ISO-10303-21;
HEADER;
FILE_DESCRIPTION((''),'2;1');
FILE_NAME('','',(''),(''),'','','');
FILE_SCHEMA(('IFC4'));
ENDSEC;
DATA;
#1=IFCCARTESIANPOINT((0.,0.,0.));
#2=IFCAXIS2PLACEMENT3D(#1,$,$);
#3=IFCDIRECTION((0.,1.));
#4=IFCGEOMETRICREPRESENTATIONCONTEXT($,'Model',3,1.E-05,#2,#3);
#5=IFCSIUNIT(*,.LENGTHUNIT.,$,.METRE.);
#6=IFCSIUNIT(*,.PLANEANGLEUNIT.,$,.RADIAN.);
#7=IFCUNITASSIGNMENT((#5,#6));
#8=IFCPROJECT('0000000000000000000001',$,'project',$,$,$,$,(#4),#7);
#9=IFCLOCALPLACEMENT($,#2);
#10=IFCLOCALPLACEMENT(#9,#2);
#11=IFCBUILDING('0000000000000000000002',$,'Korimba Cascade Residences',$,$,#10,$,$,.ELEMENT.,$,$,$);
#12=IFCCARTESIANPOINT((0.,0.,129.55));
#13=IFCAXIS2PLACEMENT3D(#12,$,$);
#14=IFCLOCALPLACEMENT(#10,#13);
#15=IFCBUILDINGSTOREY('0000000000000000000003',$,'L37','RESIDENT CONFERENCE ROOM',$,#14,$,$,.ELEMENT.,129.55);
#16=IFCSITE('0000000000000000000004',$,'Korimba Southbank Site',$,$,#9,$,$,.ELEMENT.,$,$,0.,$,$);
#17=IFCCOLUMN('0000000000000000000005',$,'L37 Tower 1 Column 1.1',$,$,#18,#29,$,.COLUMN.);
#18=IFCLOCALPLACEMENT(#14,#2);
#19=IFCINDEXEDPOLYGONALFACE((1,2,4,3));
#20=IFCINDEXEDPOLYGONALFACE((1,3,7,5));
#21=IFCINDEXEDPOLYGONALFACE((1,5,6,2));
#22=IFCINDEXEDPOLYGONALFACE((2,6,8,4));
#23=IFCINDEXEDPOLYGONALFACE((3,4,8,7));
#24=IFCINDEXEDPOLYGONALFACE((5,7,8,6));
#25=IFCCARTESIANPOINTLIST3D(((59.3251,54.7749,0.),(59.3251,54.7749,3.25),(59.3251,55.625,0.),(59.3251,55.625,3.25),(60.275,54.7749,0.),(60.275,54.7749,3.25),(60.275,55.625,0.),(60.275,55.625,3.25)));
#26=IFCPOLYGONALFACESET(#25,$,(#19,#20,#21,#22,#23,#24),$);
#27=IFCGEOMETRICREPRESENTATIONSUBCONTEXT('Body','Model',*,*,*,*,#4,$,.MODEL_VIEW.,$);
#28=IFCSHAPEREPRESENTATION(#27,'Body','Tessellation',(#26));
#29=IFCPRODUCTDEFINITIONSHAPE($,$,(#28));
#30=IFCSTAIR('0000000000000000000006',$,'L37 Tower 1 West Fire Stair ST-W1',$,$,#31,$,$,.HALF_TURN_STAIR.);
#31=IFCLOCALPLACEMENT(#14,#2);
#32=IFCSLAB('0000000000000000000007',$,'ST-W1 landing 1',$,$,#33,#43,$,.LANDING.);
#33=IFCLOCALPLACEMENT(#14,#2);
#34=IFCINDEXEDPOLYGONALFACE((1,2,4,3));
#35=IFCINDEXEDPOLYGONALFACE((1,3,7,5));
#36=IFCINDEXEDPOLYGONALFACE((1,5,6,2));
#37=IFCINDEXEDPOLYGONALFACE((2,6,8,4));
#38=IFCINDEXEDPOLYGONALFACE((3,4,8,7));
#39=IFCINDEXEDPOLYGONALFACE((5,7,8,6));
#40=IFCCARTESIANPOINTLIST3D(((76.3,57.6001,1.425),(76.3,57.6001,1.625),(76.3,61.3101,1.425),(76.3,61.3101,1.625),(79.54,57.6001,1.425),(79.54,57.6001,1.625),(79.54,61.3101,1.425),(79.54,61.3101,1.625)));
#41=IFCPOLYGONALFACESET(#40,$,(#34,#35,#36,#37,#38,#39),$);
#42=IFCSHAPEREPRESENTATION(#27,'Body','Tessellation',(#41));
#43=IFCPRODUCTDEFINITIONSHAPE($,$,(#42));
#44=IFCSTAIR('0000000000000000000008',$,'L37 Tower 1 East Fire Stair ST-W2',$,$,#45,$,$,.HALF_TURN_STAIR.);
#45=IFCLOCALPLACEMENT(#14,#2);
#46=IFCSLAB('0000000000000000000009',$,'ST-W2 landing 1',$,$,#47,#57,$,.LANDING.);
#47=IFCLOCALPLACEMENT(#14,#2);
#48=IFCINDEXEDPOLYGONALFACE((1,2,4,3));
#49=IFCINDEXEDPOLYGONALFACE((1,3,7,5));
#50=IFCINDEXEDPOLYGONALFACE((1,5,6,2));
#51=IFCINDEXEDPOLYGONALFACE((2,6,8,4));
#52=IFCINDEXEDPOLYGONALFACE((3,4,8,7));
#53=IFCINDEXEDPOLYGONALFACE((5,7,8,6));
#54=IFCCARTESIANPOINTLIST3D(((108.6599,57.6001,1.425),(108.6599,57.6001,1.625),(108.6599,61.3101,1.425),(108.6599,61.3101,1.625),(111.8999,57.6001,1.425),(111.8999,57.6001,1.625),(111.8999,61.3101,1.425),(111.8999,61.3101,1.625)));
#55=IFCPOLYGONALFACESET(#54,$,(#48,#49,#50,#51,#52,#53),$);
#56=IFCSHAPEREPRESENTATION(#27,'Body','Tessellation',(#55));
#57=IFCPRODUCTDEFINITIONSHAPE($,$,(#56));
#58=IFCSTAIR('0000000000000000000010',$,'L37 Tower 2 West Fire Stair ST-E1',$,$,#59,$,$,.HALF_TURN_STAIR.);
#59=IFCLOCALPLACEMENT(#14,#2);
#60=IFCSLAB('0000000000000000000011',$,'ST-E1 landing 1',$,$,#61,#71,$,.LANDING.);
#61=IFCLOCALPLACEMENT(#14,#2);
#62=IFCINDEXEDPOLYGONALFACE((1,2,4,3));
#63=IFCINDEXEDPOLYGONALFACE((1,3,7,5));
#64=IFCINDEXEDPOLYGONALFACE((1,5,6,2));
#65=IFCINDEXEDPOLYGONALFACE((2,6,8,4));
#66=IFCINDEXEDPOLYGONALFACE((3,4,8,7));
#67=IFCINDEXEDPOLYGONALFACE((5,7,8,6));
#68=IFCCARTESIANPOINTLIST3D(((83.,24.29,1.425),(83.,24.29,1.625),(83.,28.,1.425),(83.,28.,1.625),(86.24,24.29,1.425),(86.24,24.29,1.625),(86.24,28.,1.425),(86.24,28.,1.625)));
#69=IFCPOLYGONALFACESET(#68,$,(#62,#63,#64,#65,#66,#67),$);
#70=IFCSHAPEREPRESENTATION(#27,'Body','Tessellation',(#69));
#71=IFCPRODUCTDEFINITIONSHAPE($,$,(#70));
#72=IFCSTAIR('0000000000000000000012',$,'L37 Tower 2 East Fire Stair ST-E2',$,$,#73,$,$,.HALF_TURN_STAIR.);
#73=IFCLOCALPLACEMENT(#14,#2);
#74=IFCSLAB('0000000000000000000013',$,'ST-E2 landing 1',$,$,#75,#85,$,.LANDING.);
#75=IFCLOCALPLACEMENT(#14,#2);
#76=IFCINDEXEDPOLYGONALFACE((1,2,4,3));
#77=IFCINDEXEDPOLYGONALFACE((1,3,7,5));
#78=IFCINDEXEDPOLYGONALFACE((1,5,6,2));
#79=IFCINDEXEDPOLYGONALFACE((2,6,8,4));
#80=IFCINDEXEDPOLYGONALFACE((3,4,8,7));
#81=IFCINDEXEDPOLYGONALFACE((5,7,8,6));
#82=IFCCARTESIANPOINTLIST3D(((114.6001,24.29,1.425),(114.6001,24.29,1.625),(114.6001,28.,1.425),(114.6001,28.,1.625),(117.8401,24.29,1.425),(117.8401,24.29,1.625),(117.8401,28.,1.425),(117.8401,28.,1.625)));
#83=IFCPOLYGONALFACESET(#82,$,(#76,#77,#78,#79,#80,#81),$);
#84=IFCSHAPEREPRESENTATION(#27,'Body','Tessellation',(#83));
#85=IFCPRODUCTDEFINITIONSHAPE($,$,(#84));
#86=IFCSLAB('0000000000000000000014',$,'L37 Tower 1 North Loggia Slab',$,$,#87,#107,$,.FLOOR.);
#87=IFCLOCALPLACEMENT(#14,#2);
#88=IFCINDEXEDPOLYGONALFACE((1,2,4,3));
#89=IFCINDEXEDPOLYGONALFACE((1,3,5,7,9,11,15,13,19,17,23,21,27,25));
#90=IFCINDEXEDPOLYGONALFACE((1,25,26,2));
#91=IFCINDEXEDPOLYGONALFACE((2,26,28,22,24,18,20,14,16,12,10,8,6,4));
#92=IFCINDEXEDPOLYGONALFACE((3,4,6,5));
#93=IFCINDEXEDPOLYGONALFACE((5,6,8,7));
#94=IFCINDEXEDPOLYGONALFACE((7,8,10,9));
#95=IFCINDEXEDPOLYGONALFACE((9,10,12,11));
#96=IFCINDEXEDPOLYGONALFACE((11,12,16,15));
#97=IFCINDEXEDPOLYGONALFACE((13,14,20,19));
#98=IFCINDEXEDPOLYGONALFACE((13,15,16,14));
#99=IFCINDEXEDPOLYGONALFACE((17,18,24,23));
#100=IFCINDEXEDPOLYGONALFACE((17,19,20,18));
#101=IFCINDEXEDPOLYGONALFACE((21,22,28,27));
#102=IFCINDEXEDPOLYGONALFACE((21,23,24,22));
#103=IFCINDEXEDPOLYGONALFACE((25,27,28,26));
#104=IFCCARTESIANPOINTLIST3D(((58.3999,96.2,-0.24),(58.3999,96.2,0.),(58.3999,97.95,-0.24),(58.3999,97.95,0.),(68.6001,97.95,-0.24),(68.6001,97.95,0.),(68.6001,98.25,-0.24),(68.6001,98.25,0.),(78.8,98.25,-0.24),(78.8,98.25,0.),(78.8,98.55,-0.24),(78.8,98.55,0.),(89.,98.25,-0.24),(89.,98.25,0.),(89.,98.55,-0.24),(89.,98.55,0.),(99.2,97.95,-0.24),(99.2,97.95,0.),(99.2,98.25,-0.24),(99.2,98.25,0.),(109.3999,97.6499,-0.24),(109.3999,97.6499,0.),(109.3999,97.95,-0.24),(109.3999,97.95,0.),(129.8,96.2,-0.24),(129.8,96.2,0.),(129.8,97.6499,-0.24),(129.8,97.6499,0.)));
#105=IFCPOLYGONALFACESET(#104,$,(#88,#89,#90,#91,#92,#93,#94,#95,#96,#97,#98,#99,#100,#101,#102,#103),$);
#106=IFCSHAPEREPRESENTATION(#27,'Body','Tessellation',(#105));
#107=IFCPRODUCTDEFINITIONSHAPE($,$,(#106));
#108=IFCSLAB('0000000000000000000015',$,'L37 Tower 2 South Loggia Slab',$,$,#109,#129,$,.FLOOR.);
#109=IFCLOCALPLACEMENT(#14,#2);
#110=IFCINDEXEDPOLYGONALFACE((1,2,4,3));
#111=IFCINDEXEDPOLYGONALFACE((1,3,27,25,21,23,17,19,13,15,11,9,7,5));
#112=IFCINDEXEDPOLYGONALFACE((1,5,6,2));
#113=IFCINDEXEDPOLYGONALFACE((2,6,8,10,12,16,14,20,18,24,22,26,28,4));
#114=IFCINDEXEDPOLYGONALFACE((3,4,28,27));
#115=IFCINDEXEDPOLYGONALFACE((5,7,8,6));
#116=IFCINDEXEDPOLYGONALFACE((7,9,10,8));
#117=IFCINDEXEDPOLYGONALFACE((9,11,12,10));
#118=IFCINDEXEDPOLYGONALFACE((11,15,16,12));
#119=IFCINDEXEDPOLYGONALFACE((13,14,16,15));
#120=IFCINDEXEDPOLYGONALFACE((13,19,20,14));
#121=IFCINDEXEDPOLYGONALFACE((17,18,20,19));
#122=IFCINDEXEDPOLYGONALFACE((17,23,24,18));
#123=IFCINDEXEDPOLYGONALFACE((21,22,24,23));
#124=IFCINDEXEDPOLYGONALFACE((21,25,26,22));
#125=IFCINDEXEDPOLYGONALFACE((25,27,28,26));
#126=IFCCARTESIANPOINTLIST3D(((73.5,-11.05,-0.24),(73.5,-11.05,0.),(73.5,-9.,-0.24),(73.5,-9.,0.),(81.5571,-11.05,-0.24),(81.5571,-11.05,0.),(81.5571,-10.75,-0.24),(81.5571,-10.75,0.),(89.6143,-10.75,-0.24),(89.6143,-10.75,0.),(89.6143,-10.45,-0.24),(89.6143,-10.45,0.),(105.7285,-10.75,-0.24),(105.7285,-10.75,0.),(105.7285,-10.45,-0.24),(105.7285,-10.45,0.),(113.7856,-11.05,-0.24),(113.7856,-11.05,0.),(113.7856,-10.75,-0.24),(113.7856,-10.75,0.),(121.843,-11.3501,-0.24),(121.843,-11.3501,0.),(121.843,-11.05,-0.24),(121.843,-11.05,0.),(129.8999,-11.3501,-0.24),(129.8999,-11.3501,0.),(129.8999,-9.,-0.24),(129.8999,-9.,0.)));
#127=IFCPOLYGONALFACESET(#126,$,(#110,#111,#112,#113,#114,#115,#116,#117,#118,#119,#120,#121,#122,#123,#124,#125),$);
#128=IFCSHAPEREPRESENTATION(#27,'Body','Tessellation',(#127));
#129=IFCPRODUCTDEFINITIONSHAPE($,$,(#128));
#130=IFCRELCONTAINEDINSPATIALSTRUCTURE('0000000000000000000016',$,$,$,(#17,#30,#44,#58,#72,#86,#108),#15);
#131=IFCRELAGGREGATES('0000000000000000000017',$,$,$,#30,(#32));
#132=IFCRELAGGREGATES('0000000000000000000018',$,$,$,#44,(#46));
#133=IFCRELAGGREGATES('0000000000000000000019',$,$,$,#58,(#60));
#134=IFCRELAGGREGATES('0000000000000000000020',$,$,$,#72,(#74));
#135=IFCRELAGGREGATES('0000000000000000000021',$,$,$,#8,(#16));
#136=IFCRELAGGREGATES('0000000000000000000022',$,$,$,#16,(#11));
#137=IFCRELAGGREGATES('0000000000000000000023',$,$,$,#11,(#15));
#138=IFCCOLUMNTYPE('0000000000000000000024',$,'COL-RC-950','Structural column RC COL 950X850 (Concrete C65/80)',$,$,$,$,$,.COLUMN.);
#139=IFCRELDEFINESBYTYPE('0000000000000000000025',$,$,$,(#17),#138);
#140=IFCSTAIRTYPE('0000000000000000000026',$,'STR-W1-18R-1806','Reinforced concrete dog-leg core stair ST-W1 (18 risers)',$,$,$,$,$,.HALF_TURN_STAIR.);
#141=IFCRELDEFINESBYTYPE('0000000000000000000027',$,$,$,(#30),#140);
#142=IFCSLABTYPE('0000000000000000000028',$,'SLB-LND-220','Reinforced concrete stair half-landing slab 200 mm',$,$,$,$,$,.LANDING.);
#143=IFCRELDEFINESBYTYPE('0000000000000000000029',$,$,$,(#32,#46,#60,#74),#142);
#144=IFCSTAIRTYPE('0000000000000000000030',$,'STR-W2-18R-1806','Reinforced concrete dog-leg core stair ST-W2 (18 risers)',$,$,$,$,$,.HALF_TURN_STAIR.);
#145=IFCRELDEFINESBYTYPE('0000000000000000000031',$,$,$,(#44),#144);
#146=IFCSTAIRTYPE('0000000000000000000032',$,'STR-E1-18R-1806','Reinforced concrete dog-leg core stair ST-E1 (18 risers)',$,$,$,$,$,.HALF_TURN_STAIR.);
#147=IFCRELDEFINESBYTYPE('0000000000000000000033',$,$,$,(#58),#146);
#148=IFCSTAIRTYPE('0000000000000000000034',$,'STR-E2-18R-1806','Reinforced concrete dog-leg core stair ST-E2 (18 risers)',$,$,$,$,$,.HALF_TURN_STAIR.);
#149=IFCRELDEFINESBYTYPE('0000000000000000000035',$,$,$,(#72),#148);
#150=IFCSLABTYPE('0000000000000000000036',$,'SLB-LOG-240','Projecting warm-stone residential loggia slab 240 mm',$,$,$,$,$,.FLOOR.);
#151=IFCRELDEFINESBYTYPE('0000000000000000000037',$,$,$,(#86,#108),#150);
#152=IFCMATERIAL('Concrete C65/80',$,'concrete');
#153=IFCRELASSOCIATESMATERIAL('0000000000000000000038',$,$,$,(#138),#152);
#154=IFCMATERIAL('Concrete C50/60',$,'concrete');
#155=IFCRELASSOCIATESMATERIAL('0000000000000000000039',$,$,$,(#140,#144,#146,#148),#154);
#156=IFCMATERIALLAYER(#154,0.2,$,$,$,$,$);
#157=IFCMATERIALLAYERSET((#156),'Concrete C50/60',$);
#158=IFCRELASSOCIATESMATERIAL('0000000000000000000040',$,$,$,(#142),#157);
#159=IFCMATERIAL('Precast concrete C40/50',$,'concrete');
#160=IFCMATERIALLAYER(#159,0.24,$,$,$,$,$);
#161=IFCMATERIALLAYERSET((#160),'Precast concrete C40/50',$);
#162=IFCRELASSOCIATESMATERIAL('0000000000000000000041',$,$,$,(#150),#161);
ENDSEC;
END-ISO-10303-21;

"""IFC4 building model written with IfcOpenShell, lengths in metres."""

from ifc_helpers import new_model, si_unit, direction, frame, origin, origin_2d, place, context, subcontext, project, spatial, polyline, rectangle, outline, extrude, material, layer, layer_set, material_profile, profile_set, type_object, element, aggregate, save


model = new_model("IFC4")

# Units and contexts
model_context = context("Model", 3, precision=1e-05, world=origin(), true_north=direction((0.0, 1.0)))
body_context = subcontext(model_context, "Body", "Model", "MODEL_VIEW")
ifc_project = project(units=[si_unit("LENGTHUNIT", "METRE"), si_unit("PLANEANGLEUNIT", "RADIAN")], contexts=[model_context])

# Site, building, storey
site_placement = place(None, origin())
site = spatial("IfcSite", under=ifc_project, at=site_placement, Name="Korimba Southbank Site", CompositionType="ELEMENT", RefElevation=0.0)
building_placement = place(site_placement, origin())
building = spatial("IfcBuilding", under=site, at=building_placement, Name="Korimba Cascade Residences", CompositionType="ELEMENT")
storey_placement = place(building_placement, frame((0.0, 0.0, 129.55)))
storey = spatial("IfcBuildingStorey", under=building, at=storey_placement, Name="L37", Description="RESIDENT CONFERENCE ROOM", CompositionType="ELEMENT", Elevation=129.55)

# Column
ifc_material_1 = material(Name="Concrete C65/80", Category="concrete")
ifc_material_profile = material_profile(ifc_material_1, rectangle(XDim=0.95, YDim=0.8501, at=origin_2d()), Name="Concrete C65/80")
ifc_profile_set = profile_set([ifc_material_profile], Name="Concrete C65/80")
column_type = type_object("IfcColumnType", Name="COL-RC-950", Description="Structural column RC COL 950X850 (Concrete C65/80)", PredefinedType="COLUMN", material=ifc_profile_set)
column_placement = place(storey_placement, frame((59.8, 55.2, 0.0), z_axis=(0.0, 0.0, 1.0), x_axis=(1.0, 0.0, 0.0)))
element("IfcColumn", 1, at=column_placement, inside=storey, type_object=column_type, Name="L37 Tower 1 Column 1.1", PredefinedType="COLUMN", context=body_context, shape_type="SweptSolid", body=[
    extrude(rectangle(XDim=0.95, YDim=0.8501, at=origin_2d()), origin(), (0.0, 0.0, 1.0), 3.25),
])

# Stairs, slabs
ifc_material_2 = material(Name="Concrete C50/60", Category="concrete")
stair_type_1 = type_object("IfcStairType", Name="STR-W1-18R-1806", Description="Reinforced concrete dog-leg core stair ST-W1 (18 risers)", PredefinedType="HALF_TURN_STAIR", material=ifc_material_2)
stair_1_placement = place(storey_placement, origin())
stair_1 = element("IfcStair", 2, at=stair_1_placement, inside=storey, type_object=stair_type_1, Name="L37 Tower 1 West Fire Stair ST-W1", PredefinedType="HALF_TURN_STAIR")
ifc_layer_1 = layer(ifc_material_2, 0.2)
ifc_layer_set_1 = layer_set([ifc_layer_1], Name="Concrete C50/60")
slab_type_1 = type_object("IfcSlabType", Name="SLB-LND-220", Description="Reinforced concrete stair half-landing slab 200 mm", PredefinedType="LANDING", material=ifc_layer_set_1)
slab_1_placement = place(storey_placement, frame((0.0, 0.0, 1.425)))
slab_1 = element("IfcSlab", 3, at=slab_1_placement, type_object=slab_type_1, Name="ST-W1 landing 1", PredefinedType="LANDING", context=body_context, shape_type="SweptSolid", body=[
    extrude(outline(polyline([(76.3, 61.3101), (76.3, 57.6001), (79.54, 57.6001), (79.54, 61.3101), (76.3, 61.3101)])), origin(), (0.0, 0.0, 1.0), 0.2),
])
aggregate(stair_1, [slab_1])
stair_type_2 = type_object("IfcStairType", Name="STR-W2-18R-1806", Description="Reinforced concrete dog-leg core stair ST-W2 (18 risers)", PredefinedType="HALF_TURN_STAIR", material=ifc_material_2)
stair_2_placement = place(storey_placement, origin())
stair_2 = element("IfcStair", 4, at=stair_2_placement, inside=storey, type_object=stair_type_2, Name="L37 Tower 1 East Fire Stair ST-W2", PredefinedType="HALF_TURN_STAIR")
slab_2_placement = place(storey_placement, frame((0.0, 0.0, 1.425)))
slab_2 = element("IfcSlab", 5, at=slab_2_placement, type_object=slab_type_1, Name="ST-W2 landing 1", PredefinedType="LANDING", context=body_context, shape_type="SweptSolid", body=[
    extrude(outline(polyline([(108.6599, 61.3101), (108.6599, 57.6001), (111.8999, 57.6001), (111.8999, 61.3101), (108.6599, 61.3101)])), origin(), (0.0, 0.0, 1.0), 0.2),
])
aggregate(stair_2, [slab_2])
stair_type_3 = type_object("IfcStairType", Name="STR-E1-18R-1806", Description="Reinforced concrete dog-leg core stair ST-E1 (18 risers)", PredefinedType="HALF_TURN_STAIR", material=ifc_material_2)
stair_3_placement = place(storey_placement, origin())
stair_3 = element("IfcStair", 6, at=stair_3_placement, inside=storey, type_object=stair_type_3, Name="L37 Tower 2 West Fire Stair ST-E1", PredefinedType="HALF_TURN_STAIR")
slab_3_placement = place(storey_placement, frame((0.0, 0.0, 1.425)))
slab_3 = element("IfcSlab", 7, at=slab_3_placement, type_object=slab_type_1, Name="ST-E1 landing 1", PredefinedType="LANDING", context=body_context, shape_type="SweptSolid", body=[
    extrude(outline(polyline([(86.24, 24.29), (86.24, 28.0), (83.0, 28.0), (83.0, 24.29), (86.24, 24.29)])), origin(), (0.0, 0.0, 1.0), 0.2),
])
aggregate(stair_3, [slab_3])
stair_type_4 = type_object("IfcStairType", Name="STR-E2-18R-1806", Description="Reinforced concrete dog-leg core stair ST-E2 (18 risers)", PredefinedType="HALF_TURN_STAIR", material=ifc_material_2)
stair_4_placement = place(storey_placement, origin())
stair_4 = element("IfcStair", 8, at=stair_4_placement, inside=storey, type_object=stair_type_4, Name="L37 Tower 2 East Fire Stair ST-E2", PredefinedType="HALF_TURN_STAIR")
slab_4_placement = place(storey_placement, frame((0.0, 0.0, 1.425)))
slab_4 = element("IfcSlab", 9, at=slab_4_placement, type_object=slab_type_1, Name="ST-E2 landing 1", PredefinedType="LANDING", context=body_context, shape_type="SweptSolid", body=[
    extrude(outline(polyline([(117.8401, 24.29), (117.8401, 28.0), (114.6001, 28.0), (114.6001, 24.29), (117.8401, 24.29)])), origin(), (0.0, 0.0, 1.0), 0.2),
])
aggregate(stair_4, [slab_4])

# Slabs
ifc_material_3 = material(Name="Precast concrete C40/50", Category="concrete")
ifc_layer_2 = layer(ifc_material_3, 0.24)
ifc_layer_set_2 = layer_set([ifc_layer_2], Name="Precast concrete C40/50")
slab_type_2 = type_object("IfcSlabType", Name="SLB-LOG-240", Description="Projecting warm-stone residential loggia slab 240 mm", PredefinedType="FLOOR", material=ifc_layer_set_2)
slab_5_placement = place(storey_placement, frame((0.0, 0.0, -0.24)))
element("IfcSlab", 10, at=slab_5_placement, inside=storey, type_object=slab_type_2, Name="L37 Tower 1 North Loggia Slab", PredefinedType="FLOOR", context=body_context, shape_type="SweptSolid", body=[
    extrude(outline(polyline([(58.3999, 96.2), (129.8, 96.2), (129.8, 97.6499), (109.3999, 97.6499), (109.3999, 97.95), (99.2, 97.95), (99.2, 98.25), (89.0, 98.25), (89.0, 98.55), (78.8, 98.55), (78.8, 98.25), (68.6001, 98.25), (68.6001, 97.95), (58.3999, 97.95), (58.3999, 96.2)])), origin(), (0.0, 0.0, 1.0), 0.24),
])
slab_6_placement = place(storey_placement, frame((0.0, 0.0, -0.24)))
element("IfcSlab", 11, at=slab_6_placement, inside=storey, type_object=slab_type_2, Name="L37 Tower 2 South Loggia Slab", PredefinedType="FLOOR", context=body_context, shape_type="SweptSolid", body=[
    extrude(outline(polyline([(73.5, -11.05), (81.5571, -11.05), (81.5571, -10.75), (89.6143, -10.75), (89.6143, -10.45), (105.7285, -10.45), (105.7285, -10.75), (113.7856, -10.75), (113.7856, -11.05), (121.843, -11.05), (121.843, -11.3501), (129.8999, -11.3501), (129.8999, -9.0), (73.5, -9.0), (73.5, -11.05)])), origin(), (0.0, 0.0, 1.0), 0.24),
])

save(model, "model.ifc")
